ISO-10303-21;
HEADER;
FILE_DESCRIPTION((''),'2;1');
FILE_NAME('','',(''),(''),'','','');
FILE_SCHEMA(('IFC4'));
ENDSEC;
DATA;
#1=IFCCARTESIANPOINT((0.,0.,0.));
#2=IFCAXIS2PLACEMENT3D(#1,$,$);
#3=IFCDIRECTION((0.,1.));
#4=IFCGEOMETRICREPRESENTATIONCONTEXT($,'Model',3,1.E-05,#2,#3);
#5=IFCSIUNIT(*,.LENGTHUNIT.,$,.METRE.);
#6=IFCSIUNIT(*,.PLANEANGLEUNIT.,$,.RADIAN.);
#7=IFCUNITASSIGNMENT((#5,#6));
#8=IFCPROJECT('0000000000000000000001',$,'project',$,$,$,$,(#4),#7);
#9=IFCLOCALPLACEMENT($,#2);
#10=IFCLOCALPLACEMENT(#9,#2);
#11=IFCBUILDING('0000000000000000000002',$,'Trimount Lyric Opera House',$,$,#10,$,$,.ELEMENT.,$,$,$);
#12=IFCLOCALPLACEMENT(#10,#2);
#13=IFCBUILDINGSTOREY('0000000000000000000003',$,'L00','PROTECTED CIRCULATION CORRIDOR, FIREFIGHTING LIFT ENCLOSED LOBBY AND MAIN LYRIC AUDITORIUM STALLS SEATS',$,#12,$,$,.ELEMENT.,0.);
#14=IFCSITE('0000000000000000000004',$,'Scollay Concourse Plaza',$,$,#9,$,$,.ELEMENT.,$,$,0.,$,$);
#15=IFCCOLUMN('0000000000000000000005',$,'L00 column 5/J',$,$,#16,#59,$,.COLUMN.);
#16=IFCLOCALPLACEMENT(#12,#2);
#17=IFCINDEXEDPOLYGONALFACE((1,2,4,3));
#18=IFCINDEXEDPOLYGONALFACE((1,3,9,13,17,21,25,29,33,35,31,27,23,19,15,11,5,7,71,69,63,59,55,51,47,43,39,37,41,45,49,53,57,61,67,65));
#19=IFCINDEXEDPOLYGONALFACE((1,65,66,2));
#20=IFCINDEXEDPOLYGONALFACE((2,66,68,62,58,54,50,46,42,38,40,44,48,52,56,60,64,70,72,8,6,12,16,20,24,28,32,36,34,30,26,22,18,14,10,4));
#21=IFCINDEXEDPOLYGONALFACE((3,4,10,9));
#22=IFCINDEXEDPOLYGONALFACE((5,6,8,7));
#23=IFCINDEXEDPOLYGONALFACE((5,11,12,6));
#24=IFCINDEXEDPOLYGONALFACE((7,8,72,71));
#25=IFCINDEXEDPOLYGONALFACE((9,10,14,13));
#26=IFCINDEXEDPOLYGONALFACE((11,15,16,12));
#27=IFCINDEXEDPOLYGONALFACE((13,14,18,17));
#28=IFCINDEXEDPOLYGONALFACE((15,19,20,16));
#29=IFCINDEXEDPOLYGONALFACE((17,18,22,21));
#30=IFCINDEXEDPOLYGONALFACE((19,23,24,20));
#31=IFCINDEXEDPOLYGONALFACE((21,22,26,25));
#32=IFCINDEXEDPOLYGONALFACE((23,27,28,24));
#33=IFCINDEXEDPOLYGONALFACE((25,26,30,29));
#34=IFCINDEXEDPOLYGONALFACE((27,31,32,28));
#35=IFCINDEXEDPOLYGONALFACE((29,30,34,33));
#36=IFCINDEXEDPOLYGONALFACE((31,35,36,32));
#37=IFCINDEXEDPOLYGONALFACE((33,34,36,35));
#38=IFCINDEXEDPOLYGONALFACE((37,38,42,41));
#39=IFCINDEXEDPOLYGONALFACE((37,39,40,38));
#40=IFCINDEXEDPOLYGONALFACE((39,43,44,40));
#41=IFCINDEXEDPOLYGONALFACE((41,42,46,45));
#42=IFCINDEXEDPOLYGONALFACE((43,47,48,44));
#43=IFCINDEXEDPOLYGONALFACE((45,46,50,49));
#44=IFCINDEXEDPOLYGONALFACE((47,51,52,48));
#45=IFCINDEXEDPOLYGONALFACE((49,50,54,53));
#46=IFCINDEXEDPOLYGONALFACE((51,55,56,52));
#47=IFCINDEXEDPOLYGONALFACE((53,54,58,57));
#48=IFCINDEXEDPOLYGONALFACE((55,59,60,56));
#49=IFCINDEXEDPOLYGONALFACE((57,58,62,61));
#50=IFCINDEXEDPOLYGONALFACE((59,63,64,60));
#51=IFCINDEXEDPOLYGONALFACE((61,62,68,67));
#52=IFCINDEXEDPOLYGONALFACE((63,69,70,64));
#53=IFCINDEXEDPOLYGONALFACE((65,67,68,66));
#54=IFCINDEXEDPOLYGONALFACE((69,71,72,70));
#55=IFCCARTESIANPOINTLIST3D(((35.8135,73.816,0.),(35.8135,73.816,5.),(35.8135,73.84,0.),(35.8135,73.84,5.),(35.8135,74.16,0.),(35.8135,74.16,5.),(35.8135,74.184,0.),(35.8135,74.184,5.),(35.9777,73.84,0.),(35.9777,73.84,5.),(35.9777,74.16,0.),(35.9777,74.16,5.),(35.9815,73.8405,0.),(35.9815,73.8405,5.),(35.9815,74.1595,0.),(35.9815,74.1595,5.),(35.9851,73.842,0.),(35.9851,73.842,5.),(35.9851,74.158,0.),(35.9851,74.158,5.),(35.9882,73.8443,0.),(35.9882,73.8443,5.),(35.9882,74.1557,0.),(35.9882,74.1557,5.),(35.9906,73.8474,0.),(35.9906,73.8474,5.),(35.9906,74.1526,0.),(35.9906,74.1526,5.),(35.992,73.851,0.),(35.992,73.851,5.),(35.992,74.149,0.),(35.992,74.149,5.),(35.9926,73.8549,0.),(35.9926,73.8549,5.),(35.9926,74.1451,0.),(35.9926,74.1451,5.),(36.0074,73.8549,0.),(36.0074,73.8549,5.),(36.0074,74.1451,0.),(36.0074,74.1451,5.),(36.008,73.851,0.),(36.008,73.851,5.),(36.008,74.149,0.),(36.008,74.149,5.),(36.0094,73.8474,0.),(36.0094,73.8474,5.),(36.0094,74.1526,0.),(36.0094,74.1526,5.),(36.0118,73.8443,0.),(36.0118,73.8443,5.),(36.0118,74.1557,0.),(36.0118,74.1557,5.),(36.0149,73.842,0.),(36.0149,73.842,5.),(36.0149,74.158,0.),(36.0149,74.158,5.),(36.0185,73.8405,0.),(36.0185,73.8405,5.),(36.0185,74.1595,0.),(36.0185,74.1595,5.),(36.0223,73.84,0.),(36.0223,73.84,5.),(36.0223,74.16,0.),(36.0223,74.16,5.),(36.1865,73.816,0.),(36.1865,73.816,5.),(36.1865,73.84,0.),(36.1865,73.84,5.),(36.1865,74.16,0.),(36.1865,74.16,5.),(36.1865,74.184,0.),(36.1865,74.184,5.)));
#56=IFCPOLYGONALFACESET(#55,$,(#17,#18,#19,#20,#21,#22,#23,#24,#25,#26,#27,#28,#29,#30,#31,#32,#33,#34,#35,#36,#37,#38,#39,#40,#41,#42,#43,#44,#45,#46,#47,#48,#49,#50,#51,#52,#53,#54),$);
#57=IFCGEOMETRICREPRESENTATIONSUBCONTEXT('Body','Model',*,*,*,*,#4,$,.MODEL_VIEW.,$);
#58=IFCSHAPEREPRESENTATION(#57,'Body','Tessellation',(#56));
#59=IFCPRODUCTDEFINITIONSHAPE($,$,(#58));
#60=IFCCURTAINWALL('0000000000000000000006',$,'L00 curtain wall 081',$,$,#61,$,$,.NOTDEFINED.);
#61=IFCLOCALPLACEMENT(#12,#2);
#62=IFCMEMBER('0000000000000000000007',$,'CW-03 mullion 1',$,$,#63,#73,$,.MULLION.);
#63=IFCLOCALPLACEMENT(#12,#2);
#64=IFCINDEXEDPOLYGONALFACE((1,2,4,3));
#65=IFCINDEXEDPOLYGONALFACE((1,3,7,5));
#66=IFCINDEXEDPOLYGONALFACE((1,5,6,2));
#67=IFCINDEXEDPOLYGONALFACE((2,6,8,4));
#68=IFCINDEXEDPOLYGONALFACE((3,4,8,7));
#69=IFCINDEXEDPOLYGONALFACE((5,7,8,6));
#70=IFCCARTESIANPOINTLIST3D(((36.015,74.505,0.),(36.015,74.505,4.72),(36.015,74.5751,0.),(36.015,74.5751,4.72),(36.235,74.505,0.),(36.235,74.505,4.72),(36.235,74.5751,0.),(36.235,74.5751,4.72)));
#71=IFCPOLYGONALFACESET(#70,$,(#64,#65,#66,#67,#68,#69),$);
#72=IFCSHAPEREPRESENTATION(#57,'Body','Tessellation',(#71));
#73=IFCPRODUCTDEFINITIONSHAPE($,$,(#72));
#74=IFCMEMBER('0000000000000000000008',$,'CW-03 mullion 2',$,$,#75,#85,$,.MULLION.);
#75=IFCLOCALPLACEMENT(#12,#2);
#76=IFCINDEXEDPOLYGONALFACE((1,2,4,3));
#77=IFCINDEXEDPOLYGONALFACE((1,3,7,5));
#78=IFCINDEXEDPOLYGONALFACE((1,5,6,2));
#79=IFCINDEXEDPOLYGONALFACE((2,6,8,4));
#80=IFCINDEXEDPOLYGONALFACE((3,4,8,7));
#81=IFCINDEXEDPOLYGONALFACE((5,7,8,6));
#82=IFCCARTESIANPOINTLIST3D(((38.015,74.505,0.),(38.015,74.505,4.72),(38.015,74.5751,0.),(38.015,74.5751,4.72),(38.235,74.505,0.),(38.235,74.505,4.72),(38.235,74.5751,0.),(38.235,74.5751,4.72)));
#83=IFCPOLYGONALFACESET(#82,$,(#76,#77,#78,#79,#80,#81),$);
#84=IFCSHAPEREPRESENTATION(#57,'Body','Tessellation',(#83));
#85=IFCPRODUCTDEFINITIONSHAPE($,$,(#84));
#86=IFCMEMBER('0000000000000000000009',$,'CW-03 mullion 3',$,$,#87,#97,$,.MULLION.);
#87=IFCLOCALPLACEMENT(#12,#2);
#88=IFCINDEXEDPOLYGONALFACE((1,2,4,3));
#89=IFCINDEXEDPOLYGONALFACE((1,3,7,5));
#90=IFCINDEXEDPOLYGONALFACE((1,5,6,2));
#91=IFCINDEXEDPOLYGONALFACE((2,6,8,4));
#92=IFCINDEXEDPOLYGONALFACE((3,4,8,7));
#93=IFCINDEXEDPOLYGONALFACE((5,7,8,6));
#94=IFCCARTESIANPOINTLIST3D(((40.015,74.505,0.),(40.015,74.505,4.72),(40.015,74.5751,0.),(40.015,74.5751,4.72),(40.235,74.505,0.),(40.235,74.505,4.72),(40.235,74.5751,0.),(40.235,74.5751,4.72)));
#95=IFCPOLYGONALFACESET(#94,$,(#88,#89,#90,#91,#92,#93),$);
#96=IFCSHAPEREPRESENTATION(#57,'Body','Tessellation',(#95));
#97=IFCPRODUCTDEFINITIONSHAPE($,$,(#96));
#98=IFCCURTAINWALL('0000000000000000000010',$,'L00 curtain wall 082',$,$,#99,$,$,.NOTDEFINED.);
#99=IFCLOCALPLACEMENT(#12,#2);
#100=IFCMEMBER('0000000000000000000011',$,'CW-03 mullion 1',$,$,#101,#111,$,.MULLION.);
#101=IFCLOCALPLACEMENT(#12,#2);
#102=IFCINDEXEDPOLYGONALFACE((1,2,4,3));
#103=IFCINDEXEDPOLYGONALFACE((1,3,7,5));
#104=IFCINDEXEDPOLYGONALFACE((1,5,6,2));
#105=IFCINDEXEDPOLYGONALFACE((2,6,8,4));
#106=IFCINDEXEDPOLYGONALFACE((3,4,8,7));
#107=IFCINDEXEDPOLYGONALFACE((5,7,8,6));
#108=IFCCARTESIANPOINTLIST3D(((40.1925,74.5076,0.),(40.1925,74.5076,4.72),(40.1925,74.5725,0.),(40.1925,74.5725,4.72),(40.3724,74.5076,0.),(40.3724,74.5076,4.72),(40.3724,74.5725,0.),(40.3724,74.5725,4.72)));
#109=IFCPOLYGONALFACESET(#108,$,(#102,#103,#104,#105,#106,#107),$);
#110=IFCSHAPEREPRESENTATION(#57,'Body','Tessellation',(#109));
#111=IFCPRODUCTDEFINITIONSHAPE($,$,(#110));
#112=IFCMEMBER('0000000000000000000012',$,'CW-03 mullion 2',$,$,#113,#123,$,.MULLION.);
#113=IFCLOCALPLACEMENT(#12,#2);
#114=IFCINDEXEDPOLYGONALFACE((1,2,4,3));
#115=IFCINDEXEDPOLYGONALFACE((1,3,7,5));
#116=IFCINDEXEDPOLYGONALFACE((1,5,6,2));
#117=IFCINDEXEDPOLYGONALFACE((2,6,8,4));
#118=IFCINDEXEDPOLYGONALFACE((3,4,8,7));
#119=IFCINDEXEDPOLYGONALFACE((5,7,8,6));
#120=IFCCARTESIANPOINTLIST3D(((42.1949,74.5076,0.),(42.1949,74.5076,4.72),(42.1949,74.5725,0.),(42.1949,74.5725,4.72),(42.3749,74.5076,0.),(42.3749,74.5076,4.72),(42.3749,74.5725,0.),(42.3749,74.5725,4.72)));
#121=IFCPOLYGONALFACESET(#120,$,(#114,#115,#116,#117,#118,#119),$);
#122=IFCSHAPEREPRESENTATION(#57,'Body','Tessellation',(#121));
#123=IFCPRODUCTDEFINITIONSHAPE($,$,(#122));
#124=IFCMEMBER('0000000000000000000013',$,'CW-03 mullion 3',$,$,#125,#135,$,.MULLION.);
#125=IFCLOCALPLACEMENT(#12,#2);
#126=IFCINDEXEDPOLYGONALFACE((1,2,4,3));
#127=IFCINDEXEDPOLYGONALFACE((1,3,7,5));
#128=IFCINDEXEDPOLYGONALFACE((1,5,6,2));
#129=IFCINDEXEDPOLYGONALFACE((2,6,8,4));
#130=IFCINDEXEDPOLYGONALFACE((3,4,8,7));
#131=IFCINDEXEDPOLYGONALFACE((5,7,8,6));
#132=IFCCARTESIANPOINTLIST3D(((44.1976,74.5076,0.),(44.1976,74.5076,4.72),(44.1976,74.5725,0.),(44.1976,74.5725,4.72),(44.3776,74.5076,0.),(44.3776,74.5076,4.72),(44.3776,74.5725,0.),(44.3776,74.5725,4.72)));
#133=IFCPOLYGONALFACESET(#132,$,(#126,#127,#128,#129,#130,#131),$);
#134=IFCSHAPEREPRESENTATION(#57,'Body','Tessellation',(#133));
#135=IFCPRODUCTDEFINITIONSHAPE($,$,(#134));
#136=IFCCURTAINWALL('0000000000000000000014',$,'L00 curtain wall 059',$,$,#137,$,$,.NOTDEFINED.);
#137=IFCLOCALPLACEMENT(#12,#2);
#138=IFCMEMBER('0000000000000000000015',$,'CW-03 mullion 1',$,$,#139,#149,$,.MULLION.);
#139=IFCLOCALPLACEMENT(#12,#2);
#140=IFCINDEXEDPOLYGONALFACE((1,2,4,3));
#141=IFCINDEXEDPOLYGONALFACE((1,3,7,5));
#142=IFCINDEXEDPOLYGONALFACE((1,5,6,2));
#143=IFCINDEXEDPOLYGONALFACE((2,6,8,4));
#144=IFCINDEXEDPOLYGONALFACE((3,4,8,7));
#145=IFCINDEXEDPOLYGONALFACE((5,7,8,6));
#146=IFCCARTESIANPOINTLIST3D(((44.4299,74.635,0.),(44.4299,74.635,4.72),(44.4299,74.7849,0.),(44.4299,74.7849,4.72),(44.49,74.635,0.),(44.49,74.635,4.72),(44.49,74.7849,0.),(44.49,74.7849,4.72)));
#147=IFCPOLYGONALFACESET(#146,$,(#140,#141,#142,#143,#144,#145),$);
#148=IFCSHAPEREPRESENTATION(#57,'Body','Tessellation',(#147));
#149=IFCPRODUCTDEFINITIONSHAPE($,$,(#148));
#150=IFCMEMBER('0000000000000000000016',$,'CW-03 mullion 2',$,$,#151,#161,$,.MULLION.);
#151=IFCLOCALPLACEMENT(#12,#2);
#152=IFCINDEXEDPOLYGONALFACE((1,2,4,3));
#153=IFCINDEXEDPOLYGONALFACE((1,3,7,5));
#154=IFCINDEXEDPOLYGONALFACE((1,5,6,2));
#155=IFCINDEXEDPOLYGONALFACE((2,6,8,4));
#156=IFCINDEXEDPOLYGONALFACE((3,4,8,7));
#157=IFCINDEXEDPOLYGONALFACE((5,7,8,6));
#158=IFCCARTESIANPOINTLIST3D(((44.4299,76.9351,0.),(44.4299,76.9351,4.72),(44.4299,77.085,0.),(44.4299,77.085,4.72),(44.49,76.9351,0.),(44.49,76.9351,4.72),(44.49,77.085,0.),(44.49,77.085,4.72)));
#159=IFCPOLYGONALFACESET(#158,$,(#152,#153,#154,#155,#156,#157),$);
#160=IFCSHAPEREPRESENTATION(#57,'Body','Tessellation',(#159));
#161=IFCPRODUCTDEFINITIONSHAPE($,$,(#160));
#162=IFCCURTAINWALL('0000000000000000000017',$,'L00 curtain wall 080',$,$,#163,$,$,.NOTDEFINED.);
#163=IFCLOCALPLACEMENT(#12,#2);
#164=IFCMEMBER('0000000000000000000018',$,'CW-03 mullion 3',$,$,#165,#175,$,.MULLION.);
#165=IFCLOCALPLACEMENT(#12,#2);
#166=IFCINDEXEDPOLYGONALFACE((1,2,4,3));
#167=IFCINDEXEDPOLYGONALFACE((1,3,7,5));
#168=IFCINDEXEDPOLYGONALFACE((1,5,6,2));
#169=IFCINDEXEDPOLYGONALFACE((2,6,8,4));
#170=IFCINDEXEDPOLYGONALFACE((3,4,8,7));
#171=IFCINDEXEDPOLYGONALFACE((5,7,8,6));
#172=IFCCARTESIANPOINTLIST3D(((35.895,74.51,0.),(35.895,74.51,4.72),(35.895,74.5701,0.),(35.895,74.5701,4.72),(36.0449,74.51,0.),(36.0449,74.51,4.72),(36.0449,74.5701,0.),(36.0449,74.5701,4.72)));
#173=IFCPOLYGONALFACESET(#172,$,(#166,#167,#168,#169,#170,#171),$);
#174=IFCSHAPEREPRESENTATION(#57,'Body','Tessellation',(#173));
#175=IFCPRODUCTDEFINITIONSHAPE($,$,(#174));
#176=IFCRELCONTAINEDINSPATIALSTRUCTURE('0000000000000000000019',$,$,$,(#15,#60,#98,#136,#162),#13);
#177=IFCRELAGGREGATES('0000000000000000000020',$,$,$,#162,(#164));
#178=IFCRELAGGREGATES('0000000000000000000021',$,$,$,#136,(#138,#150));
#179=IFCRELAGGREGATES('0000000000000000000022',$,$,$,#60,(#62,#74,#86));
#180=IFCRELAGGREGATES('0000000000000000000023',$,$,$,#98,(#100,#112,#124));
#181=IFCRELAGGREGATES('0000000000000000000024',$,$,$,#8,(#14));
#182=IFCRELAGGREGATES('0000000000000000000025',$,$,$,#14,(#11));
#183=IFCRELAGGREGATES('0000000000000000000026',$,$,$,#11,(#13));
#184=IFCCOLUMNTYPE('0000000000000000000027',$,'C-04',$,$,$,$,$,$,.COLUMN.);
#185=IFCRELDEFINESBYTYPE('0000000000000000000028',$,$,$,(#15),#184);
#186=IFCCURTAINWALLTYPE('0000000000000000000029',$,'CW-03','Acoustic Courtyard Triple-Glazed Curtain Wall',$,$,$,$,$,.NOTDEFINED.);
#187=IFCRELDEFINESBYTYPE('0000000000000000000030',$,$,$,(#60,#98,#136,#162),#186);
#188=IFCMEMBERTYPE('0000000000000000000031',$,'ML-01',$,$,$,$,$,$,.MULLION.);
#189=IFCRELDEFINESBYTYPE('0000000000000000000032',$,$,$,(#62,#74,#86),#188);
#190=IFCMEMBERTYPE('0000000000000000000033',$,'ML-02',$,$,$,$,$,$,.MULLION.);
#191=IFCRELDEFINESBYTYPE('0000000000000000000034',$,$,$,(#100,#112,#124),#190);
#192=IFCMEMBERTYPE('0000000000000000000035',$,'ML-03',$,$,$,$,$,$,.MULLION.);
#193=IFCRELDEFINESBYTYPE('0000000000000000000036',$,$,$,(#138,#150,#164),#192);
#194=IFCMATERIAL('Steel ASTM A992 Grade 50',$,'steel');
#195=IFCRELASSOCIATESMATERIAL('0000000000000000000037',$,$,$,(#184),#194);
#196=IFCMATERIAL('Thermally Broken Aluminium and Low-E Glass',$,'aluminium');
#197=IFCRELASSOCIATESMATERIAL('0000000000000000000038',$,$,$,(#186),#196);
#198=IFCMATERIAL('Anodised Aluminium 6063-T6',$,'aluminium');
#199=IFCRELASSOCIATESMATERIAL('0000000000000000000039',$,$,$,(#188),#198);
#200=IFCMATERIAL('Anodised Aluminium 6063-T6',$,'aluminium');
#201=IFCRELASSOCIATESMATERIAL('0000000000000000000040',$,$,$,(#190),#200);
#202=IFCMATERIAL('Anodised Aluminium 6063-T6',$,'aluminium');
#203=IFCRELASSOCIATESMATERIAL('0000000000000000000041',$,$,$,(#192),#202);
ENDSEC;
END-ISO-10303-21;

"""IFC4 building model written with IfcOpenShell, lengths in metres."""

from ifc_helpers import new_model, si_unit, direction, frame, origin, origin_2d, place, context, subcontext, project, spatial, rectangle, i_section, extrude, material, material_profile, profile_set, type_object, element, aggregate, save


model = new_model("IFC4")

# Units and contexts
model_context = context("Model", 3, precision=1e-05, world=origin(), true_north=direction((0.0, 1.0)))
body_context = subcontext(model_context, "Body", "Model", "MODEL_VIEW")
ifc_project = project(units=[si_unit("LENGTHUNIT", "METRE"), si_unit("PLANEANGLEUNIT", "RADIAN")], contexts=[model_context])

# Site, building, storey
site_placement = place(None, origin())
site = spatial("IfcSite", under=ifc_project, at=site_placement, Name="Scollay Concourse Plaza", CompositionType="ELEMENT", RefElevation=0.0)
building_placement = place(site_placement, origin())
building = spatial("IfcBuilding", under=site, at=building_placement, Name="Trimount Lyric Opera House", CompositionType="ELEMENT")
storey_placement = place(building_placement, origin())
storey = spatial("IfcBuildingStorey", under=building, at=storey_placement, Name="L00", Description="PROTECTED CIRCULATION CORRIDOR, FIREFIGHTING LIFT ENCLOSED LOBBY AND MAIN LYRIC AUDITORIUM STALLS SEATS", CompositionType="ELEMENT", Elevation=0.0)

# Column
ifc_material_1 = material(Name="Steel ASTM A992 Grade 50", Category="steel")
ifc_material_profile_1 = material_profile(ifc_material_1, i_section(OverallWidth=0.373, OverallDepth=0.3679, WebThickness=0.0149, FlangeThickness=0.0239, FilletRadius=0.0149, at=origin_2d()), Name="W14X120")
ifc_profile_set_1 = profile_set([ifc_material_profile_1], Name="Steel ASTM A992 Grade 50")
column_type = type_object("IfcColumnType", Name="C-04", PredefinedType="COLUMN", material=ifc_profile_set_1)
column_placement = place(storey_placement, frame((36.0, 74.0, 0.0), z_axis=(0.0, 0.0, 1.0), x_axis=(1.0, 0.0, 0.0)))
element("IfcColumn", 1, at=column_placement, inside=storey, type_object=column_type, Name="L00 column 5/J", PredefinedType="COLUMN", context=body_context, shape_type="SweptSolid", body=[
    extrude(i_section(OverallWidth=0.373, OverallDepth=0.3679, WebThickness=0.0149, FlangeThickness=0.0239, FilletRadius=0.0149, at=origin_2d()), origin(), (0.0, 0.0, 1.0), 5.0),
])

# Curtain walls, members
ifc_material_2 = material(Name="Thermally Broken Aluminium and Low-E Glass", Category="aluminium")
curtain_wall_type = type_object("IfcCurtainWallType", Name="CW-03", Description="Acoustic Courtyard Triple-Glazed Curtain Wall", PredefinedType="NOTDEFINED", material=ifc_material_2)
curtain_wall_1_placement = place(storey_placement, origin())
curtain_wall_1 = element("IfcCurtainWall", 2, at=curtain_wall_1_placement, inside=storey, type_object=curtain_wall_type, Name="L00 curtain wall 081", PredefinedType="NOTDEFINED")
ifc_material_3 = material(Name="Anodised Aluminium 6063-T6", Category="aluminium")
ifc_material_profile_2 = material_profile(ifc_material_3, rectangle(XDim=0.0701, YDim=0.22, at=origin_2d()), Name="ALU-MULL-70X220")
ifc_profile_set_2 = profile_set([ifc_material_profile_2], Name="Anodised Aluminium 6063-T6")
member_type_1 = type_object("IfcMemberType", Name="ML-01", PredefinedType="MULLION", material=ifc_profile_set_2)
member_1_placement = place(storey_placement, frame((36.125, 74.54, 0.0), z_axis=(0.0, 0.0, 1.0), x_axis=(0.0, 1.0, 0.0)))
member_1 = element("IfcMember", 3, at=member_1_placement, type_object=member_type_1, Name="CW-03 mullion 1", PredefinedType="MULLION", context=body_context, shape_type="SweptSolid", body=[
    extrude(rectangle(XDim=0.0701, YDim=0.22, at=origin_2d()), origin(), (0.0, 0.0, 1.0), 4.72),
])
member_2_placement = place(storey_placement, frame((38.125, 74.54, 0.0), z_axis=(0.0, 0.0, 1.0), x_axis=(0.0, 1.0, 0.0)))
member_2 = element("IfcMember", 4, at=member_2_placement, type_object=member_type_1, Name="CW-03 mullion 2", PredefinedType="MULLION", context=body_context, shape_type="SweptSolid", body=[
    extrude(rectangle(XDim=0.0701, YDim=0.22, at=origin_2d()), origin(), (0.0, 0.0, 1.0), 4.72),
])
member_3_placement = place(storey_placement, frame((40.125, 74.54, 0.0), z_axis=(0.0, 0.0, 1.0), x_axis=(0.0, 1.0, 0.0)))
member_3 = element("IfcMember", 5, at=member_3_placement, type_object=member_type_1, Name="CW-03 mullion 3", PredefinedType="MULLION", context=body_context, shape_type="SweptSolid", body=[
    extrude(rectangle(XDim=0.0701, YDim=0.22, at=origin_2d()), origin(), (0.0, 0.0, 1.0), 4.72),
])
curtain_wall_2_placement = place(storey_placement, origin())
curtain_wall_2 = element("IfcCurtainWall", 6, at=curtain_wall_2_placement, inside=storey, type_object=curtain_wall_type, Name="L00 curtain wall 082", PredefinedType="NOTDEFINED")
ifc_material_4 = material(Name="Anodised Aluminium 6063-T6", Category="aluminium")
ifc_material_profile_3 = material_profile(ifc_material_4, rectangle(XDim=0.0649, YDim=0.1799, at=origin_2d()), Name="ALU-MULL-65X180")
ifc_profile_set_3 = profile_set([ifc_material_profile_3], Name="Anodised Aluminium 6063-T6")
member_type_2 = type_object("IfcMemberType", Name="ML-02", PredefinedType="MULLION", material=ifc_profile_set_3)
member_4_placement = place(storey_placement, frame((40.2825, 74.54, 0.0), z_axis=(0.0, 0.0, 1.0), x_axis=(0.0, 1.0, 0.0)))
member_4 = element("IfcMember", 7, at=member_4_placement, type_object=member_type_2, Name="CW-03 mullion 1", PredefinedType="MULLION", context=body_context, shape_type="SweptSolid", body=[
    extrude(rectangle(XDim=0.0649, YDim=0.1799, at=origin_2d()), origin(), (0.0, 0.0, 1.0), 4.72),
])
member_5_placement = place(storey_placement, frame((42.2849, 74.54, 0.0), z_axis=(0.0, 0.0, 1.0), x_axis=(0.0, 1.0, 0.0)))
member_5 = element("IfcMember", 8, at=member_5_placement, type_object=member_type_2, Name="CW-03 mullion 2", PredefinedType="MULLION", context=body_context, shape_type="SweptSolid", body=[
    extrude(rectangle(XDim=0.0649, YDim=0.1799, at=origin_2d()), origin(), (0.0, 0.0, 1.0), 4.72),
])
member_6_placement = place(storey_placement, frame((44.2876, 74.54, 0.0), z_axis=(0.0, 0.0, 1.0), x_axis=(0.0, 1.0, 0.0)))
member_6 = element("IfcMember", 9, at=member_6_placement, type_object=member_type_2, Name="CW-03 mullion 3", PredefinedType="MULLION", context=body_context, shape_type="SweptSolid", body=[
    extrude(rectangle(XDim=0.0649, YDim=0.1799, at=origin_2d()), origin(), (0.0, 0.0, 1.0), 4.72),
])
curtain_wall_3_placement = place(storey_placement, origin())
curtain_wall_3 = element("IfcCurtainWall", 10, at=curtain_wall_3_placement, inside=storey, type_object=curtain_wall_type, Name="L00 curtain wall 059", PredefinedType="NOTDEFINED")
ifc_material_5 = material(Name="Anodised Aluminium 6063-T6", Category="aluminium")
ifc_material_profile_4 = material_profile(ifc_material_5, rectangle(XDim=0.0601, YDim=0.1499, at=origin_2d()), Name="ALU-MULL-60X150")
ifc_profile_set_4 = profile_set([ifc_material_profile_4], Name="Anodised Aluminium 6063-T6")
member_type_3 = type_object("IfcMemberType", Name="ML-03", PredefinedType="MULLION", material=ifc_profile_set_4)
member_7_placement = place(storey_placement, frame((44.46, 74.71, 0.0), z_axis=(0.0, 0.0, 1.0), x_axis=(-1.0, 0.0, 0.0)))
member_7 = element("IfcMember", 11, at=member_7_placement, type_object=member_type_3, Name="CW-03 mullion 1", PredefinedType="MULLION", context=body_context, shape_type="SweptSolid", body=[
    extrude(rectangle(XDim=0.0601, YDim=0.1499, at=origin_2d()), origin(), (0.0, 0.0, 1.0), 4.72),
])
member_8_placement = place(storey_placement, frame((44.46, 77.01, 0.0), z_axis=(0.0, 0.0, 1.0), x_axis=(-1.0, 0.0, 0.0)))
member_8 = element("IfcMember", 12, at=member_8_placement, type_object=member_type_3, Name="CW-03 mullion 2", PredefinedType="MULLION", context=body_context, shape_type="SweptSolid", body=[
    extrude(rectangle(XDim=0.0601, YDim=0.1499, at=origin_2d()), origin(), (0.0, 0.0, 1.0), 4.72),
])

# Curtain wall, member
curtain_wall_4_placement = place(storey_placement, origin())
curtain_wall_4 = element("IfcCurtainWall", 13, at=curtain_wall_4_placement, inside=storey, type_object=curtain_wall_type, Name="L00 curtain wall 080", PredefinedType="NOTDEFINED")
member_9_placement = place(storey_placement, frame((35.97, 74.54, 0.0), z_axis=(0.0, 0.0, 1.0), x_axis=(0.0, 1.0, 0.0)))
member_9 = element("IfcMember", 14, at=member_9_placement, type_object=member_type_3, Name="CW-03 mullion 3", PredefinedType="MULLION", context=body_context, shape_type="SweptSolid", body=[
    extrude(rectangle(XDim=0.0601, YDim=0.1499, at=origin_2d()), origin(), (0.0, 0.0, 1.0), 4.72),
])
aggregate(curtain_wall_4, [member_9])

aggregate(curtain_wall_3, [member_7, member_8])
aggregate(curtain_wall_1, [member_1, member_2, member_3])
aggregate(curtain_wall_2, [member_4, member_5, member_6])

save(model, "model.ifc")
